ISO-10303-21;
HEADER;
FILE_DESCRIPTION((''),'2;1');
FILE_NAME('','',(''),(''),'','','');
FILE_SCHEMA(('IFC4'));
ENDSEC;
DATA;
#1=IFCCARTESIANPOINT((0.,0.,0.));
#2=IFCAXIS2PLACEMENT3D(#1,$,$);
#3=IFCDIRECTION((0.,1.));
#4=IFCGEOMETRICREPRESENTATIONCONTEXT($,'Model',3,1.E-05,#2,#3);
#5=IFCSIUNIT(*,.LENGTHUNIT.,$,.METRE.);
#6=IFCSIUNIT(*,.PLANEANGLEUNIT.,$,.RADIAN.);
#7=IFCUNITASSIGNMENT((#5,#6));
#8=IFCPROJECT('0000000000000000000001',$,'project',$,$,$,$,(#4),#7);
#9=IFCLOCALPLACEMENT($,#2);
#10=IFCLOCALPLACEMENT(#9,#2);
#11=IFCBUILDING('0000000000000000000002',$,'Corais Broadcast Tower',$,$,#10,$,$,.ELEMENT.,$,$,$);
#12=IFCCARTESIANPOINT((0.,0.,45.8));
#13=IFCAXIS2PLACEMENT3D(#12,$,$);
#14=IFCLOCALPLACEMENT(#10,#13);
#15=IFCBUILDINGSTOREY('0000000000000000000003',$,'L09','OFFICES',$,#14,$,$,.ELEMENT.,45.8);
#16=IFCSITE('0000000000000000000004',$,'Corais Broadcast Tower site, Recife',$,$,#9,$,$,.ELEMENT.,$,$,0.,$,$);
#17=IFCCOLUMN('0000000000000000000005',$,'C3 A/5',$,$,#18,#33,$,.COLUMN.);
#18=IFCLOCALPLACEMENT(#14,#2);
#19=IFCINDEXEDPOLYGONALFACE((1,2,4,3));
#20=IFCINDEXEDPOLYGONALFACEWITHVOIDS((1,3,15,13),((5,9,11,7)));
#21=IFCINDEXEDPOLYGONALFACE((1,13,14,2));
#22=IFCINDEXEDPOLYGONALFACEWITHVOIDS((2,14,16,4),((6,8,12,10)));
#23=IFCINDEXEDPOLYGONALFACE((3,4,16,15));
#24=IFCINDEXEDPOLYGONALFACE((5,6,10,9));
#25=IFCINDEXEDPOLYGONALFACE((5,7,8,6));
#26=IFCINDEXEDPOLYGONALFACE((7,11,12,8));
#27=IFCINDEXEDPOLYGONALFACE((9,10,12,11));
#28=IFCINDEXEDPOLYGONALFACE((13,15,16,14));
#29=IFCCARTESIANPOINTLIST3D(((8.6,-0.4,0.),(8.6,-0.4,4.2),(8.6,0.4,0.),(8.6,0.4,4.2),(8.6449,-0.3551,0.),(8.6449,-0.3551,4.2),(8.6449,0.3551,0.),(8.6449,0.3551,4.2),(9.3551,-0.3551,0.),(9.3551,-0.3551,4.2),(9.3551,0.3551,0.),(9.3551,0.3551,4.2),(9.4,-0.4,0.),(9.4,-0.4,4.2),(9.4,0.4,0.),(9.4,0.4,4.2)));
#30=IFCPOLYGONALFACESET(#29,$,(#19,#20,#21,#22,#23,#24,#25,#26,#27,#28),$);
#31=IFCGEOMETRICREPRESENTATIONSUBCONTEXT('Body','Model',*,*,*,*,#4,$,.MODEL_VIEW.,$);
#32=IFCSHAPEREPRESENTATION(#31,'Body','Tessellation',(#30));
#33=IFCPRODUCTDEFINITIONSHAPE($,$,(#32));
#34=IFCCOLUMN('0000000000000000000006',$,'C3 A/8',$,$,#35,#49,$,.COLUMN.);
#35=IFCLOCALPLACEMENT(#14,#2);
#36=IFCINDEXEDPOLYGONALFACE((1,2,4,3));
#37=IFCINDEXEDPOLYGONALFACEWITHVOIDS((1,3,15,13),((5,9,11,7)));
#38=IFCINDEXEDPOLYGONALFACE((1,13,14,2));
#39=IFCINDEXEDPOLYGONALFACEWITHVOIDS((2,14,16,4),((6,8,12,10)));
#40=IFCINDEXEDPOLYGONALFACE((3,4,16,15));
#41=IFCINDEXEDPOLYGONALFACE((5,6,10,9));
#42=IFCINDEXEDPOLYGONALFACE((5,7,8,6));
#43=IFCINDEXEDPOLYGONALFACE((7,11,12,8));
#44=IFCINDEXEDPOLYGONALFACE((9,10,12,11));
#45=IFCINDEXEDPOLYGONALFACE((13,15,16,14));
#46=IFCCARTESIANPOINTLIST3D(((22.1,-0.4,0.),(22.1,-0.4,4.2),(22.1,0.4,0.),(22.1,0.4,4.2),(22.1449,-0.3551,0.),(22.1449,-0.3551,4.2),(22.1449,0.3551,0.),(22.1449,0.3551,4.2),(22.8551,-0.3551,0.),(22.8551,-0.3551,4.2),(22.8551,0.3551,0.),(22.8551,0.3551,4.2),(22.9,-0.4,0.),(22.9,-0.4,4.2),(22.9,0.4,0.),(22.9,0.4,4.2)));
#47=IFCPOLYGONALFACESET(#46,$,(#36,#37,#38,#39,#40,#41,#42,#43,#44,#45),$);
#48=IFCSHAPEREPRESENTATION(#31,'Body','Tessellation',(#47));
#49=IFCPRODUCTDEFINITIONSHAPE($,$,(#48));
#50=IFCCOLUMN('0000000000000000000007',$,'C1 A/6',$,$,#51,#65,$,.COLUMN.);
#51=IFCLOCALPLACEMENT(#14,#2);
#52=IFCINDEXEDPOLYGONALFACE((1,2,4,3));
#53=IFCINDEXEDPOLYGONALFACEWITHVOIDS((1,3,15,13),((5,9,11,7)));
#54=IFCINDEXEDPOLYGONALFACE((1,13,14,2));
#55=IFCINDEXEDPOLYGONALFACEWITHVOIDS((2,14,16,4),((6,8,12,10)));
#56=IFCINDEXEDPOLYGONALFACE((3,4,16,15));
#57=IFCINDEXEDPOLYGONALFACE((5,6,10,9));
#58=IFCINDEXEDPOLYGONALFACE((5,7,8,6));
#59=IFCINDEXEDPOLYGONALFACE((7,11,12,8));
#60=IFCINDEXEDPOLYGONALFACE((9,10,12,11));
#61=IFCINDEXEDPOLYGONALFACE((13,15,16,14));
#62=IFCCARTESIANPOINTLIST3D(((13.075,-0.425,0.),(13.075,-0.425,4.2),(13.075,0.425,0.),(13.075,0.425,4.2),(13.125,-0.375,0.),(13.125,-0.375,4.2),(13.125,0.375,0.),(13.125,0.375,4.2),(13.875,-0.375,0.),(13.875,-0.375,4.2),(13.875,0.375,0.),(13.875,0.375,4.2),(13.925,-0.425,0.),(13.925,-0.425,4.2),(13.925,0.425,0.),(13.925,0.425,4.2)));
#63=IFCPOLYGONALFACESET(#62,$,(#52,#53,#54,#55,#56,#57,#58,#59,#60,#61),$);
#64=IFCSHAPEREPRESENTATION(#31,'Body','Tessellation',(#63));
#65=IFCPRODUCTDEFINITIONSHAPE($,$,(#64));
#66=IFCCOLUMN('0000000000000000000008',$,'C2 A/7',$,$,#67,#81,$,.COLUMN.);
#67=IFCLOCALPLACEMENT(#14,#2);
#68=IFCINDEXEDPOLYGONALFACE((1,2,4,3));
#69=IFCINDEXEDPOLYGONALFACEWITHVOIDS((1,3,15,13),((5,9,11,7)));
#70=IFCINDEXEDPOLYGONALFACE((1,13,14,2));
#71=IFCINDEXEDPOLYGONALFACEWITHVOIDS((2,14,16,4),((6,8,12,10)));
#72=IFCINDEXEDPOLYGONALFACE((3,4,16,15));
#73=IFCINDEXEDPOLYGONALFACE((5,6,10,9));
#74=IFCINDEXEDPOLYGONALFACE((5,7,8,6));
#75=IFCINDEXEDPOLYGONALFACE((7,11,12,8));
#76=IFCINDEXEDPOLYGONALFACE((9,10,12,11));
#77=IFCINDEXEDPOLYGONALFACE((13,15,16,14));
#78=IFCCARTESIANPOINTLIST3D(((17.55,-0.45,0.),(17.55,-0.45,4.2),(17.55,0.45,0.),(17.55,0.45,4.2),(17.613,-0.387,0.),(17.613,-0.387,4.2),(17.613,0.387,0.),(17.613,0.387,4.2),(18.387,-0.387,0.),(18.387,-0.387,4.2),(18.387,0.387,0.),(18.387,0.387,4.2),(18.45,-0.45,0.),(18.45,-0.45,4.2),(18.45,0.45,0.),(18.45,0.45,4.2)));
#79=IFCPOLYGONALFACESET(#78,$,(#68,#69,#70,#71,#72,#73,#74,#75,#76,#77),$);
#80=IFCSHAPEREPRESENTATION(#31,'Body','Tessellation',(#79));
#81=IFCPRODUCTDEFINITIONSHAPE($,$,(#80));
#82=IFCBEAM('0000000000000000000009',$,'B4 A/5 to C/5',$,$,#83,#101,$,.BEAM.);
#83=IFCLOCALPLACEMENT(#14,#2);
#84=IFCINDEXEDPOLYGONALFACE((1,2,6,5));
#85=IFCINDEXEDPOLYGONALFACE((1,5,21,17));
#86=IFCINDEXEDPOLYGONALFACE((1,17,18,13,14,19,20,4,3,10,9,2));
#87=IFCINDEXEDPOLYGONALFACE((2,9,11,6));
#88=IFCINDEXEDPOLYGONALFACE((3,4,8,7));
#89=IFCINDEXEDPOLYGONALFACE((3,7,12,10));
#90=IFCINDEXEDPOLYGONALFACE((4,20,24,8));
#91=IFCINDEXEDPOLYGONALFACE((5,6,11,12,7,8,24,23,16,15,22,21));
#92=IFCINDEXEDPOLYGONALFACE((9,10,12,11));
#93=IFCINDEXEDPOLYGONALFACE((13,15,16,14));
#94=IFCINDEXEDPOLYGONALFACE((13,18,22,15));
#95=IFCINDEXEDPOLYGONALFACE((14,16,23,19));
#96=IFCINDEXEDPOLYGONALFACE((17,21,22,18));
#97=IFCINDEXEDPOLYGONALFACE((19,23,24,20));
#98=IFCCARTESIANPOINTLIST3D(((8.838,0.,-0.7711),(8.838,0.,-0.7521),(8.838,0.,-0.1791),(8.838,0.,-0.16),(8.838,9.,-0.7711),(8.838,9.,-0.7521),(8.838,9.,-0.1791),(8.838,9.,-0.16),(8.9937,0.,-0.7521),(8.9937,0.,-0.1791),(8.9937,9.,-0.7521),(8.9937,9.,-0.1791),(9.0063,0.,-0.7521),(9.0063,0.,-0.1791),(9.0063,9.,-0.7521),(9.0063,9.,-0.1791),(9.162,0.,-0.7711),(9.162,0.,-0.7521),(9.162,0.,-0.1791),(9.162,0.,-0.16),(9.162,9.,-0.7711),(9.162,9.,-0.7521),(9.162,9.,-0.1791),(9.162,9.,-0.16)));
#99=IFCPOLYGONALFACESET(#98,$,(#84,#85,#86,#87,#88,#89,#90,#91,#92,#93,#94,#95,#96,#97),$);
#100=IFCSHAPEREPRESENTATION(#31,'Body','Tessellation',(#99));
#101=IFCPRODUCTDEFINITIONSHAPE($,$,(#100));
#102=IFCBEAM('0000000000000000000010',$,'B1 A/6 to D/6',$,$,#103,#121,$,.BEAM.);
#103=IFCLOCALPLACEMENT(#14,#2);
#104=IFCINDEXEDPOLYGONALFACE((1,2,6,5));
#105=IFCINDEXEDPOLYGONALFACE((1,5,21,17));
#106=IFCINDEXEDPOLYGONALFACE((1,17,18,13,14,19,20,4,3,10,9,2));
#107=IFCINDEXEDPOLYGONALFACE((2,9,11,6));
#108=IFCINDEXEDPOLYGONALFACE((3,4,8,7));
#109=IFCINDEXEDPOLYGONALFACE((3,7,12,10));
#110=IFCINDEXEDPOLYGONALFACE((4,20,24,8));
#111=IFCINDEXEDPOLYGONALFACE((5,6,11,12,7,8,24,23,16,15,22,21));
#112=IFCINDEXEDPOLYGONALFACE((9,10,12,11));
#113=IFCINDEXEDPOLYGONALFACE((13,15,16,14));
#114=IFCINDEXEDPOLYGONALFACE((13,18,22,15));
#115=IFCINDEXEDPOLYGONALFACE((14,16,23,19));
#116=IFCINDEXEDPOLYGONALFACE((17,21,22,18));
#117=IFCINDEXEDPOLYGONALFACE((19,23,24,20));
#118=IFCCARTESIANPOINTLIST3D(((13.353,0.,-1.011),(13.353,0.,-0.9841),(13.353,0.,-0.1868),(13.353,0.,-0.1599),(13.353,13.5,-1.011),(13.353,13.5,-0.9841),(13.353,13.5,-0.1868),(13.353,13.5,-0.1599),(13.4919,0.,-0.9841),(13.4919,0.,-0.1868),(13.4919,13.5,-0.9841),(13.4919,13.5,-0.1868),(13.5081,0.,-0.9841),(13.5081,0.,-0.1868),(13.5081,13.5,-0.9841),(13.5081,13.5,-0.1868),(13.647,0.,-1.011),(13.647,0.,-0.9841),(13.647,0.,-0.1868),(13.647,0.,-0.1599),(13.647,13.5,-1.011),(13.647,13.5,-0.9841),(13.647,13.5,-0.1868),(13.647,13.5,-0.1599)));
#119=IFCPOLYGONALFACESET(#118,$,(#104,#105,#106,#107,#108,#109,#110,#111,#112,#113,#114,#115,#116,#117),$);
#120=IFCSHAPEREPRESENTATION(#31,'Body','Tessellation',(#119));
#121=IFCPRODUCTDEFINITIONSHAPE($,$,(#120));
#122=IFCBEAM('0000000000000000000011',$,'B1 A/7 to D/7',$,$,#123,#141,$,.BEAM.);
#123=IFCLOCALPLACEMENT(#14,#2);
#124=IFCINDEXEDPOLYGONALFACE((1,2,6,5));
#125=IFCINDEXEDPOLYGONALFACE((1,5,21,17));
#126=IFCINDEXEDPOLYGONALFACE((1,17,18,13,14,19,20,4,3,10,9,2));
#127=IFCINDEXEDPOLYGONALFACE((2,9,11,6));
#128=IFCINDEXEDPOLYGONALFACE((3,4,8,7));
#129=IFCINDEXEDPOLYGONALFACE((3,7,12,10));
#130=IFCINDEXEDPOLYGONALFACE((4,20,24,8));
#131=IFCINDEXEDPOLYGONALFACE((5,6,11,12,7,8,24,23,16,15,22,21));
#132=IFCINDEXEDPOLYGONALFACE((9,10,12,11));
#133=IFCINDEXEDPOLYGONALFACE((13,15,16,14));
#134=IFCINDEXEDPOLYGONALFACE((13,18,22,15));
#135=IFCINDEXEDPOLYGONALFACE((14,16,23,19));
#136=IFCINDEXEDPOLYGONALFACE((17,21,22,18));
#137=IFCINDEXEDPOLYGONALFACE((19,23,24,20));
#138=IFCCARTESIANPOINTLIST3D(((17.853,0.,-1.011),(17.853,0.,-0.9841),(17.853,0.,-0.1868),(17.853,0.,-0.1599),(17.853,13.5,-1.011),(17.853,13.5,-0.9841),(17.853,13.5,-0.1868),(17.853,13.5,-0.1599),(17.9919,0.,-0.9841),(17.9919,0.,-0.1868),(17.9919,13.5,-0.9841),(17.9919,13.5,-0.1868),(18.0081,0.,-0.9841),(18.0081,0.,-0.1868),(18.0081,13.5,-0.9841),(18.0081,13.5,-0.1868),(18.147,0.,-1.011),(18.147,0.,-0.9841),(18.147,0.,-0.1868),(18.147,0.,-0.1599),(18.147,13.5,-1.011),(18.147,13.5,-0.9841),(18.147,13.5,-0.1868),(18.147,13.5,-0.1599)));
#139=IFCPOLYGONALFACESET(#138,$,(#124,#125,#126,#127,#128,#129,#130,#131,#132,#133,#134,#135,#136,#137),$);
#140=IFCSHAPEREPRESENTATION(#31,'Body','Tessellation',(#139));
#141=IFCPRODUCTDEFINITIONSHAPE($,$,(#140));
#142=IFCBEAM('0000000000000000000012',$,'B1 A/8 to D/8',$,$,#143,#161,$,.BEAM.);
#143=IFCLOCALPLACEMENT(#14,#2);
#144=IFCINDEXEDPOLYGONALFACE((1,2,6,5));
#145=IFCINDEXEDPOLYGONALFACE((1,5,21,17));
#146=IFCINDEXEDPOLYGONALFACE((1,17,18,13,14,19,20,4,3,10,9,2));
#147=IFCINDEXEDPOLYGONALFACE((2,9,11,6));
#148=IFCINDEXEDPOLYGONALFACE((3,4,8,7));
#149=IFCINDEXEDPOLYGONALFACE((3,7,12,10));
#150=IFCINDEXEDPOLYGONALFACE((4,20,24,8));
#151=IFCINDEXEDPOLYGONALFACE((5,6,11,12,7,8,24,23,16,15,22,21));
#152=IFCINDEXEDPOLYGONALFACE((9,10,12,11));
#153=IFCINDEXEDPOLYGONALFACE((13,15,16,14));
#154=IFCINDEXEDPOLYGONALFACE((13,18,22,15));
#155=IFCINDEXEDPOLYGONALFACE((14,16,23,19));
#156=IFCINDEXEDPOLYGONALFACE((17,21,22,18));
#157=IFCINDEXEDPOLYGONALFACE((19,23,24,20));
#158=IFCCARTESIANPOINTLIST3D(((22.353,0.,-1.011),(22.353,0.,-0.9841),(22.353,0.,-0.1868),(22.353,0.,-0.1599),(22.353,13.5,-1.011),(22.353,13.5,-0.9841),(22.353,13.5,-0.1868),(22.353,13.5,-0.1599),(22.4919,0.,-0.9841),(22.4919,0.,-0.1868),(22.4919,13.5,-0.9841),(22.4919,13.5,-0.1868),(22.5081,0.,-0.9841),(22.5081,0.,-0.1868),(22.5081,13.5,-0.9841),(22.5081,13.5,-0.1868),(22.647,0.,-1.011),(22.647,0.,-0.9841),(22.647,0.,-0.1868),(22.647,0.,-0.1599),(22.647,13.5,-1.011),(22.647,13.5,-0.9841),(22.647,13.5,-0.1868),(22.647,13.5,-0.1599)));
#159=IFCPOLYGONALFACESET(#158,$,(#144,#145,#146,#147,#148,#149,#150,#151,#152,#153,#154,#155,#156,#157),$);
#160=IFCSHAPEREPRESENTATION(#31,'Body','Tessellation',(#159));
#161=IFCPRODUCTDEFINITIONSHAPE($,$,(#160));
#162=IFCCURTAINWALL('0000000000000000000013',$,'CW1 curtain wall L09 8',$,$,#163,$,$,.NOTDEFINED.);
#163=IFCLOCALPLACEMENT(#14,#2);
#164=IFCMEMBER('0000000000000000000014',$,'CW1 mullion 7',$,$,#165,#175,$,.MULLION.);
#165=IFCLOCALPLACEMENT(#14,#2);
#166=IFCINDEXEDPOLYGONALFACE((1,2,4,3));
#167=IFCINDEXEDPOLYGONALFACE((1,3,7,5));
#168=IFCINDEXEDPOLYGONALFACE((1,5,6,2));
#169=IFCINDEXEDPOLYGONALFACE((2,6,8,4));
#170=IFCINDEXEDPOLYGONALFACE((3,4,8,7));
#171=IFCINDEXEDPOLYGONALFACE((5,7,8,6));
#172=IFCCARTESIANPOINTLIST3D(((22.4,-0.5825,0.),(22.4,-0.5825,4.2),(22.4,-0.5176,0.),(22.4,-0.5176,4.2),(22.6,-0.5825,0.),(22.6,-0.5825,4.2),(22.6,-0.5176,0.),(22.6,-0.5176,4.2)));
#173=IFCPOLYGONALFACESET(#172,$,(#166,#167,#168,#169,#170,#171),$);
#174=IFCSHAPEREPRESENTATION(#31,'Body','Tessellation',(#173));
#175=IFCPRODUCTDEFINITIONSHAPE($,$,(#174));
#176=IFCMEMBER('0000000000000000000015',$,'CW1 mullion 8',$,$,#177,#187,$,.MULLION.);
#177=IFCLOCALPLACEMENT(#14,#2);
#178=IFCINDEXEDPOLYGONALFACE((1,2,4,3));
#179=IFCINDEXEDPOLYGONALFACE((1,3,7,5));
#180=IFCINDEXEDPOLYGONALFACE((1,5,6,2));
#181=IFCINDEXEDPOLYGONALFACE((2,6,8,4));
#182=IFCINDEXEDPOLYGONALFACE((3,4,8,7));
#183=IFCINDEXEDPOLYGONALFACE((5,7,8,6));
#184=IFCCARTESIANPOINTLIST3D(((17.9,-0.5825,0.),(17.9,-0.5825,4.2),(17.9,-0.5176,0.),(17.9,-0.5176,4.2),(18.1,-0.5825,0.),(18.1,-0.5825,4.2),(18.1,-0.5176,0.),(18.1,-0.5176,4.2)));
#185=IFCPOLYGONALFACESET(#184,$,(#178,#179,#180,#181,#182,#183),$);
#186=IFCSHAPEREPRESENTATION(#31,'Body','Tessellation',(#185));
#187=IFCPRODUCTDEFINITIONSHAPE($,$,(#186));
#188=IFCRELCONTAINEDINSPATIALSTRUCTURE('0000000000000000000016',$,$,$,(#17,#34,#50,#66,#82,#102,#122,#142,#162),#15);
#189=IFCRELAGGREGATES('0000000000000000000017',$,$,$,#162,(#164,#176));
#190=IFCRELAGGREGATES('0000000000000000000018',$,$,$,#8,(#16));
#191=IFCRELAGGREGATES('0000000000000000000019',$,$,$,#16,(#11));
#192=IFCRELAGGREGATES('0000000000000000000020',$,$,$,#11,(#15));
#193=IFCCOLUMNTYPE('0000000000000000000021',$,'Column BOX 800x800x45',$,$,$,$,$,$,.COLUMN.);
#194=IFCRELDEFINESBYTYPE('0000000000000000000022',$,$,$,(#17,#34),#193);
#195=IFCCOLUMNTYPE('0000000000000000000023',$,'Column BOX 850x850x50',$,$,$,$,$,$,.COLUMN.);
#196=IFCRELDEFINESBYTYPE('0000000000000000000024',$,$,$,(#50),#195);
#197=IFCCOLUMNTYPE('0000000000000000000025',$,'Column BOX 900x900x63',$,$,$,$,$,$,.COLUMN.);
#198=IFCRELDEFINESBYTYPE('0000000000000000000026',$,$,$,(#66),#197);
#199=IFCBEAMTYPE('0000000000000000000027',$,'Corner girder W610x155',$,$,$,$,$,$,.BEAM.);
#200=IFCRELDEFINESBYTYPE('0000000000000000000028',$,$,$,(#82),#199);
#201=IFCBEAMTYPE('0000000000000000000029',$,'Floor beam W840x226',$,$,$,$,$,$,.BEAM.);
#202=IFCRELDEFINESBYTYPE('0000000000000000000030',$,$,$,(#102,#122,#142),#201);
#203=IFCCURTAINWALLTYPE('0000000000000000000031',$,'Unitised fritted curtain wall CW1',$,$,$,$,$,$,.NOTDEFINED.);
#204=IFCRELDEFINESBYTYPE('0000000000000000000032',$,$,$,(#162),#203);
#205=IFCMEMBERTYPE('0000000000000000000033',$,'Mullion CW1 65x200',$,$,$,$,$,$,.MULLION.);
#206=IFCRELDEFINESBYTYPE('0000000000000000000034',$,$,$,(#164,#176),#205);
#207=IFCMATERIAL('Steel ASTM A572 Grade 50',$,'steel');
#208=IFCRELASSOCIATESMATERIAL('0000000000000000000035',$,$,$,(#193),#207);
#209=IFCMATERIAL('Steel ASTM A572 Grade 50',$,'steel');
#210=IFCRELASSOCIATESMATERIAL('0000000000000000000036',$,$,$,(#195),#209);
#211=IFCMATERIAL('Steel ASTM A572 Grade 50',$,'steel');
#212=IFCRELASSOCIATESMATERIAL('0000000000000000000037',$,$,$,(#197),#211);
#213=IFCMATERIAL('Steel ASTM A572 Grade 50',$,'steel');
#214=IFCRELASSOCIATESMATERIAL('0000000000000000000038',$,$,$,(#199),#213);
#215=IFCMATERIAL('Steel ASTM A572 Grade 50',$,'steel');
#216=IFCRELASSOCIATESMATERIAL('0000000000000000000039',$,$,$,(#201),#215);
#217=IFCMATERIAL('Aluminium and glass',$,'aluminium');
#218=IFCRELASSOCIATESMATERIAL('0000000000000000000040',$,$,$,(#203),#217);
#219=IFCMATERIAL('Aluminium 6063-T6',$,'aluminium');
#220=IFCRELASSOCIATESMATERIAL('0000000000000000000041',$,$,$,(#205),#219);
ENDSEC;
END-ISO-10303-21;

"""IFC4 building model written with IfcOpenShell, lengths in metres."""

from ifc_helpers import new_model, si_unit, direction, frame, origin, origin_2d, place, context, subcontext, project, spatial, rectangle, hollow_rectangle, i_section, extrude, material, material_profile, profile_set, type_object, element, aggregate, save


model = new_model("IFC4")

# Units and contexts
model_context = context("Model", 3, precision=1e-05, world=origin(), true_north=direction((0.0, 1.0)))
body_context = subcontext(model_context, "Body", "Model", "MODEL_VIEW")
ifc_project = project(units=[si_unit("LENGTHUNIT", "METRE"), si_unit("PLANEANGLEUNIT", "RADIAN")], contexts=[model_context])

# Site, building, storey
site_placement = place(None, origin())
site = spatial("IfcSite", under=ifc_project, at=site_placement, Name="Corais Broadcast Tower site, Recife", CompositionType="ELEMENT", RefElevation=0.0)
building_placement = place(site_placement, origin())
building = spatial("IfcBuilding", under=site, at=building_placement, Name="Corais Broadcast Tower", CompositionType="ELEMENT")
storey_placement = place(building_placement, frame((0.0, 0.0, 45.8)))
storey = spatial("IfcBuildingStorey", under=building, at=storey_placement, Name="L09", Description="OFFICES", CompositionType="ELEMENT", Elevation=45.8)

# Columns
ifc_material_1 = material(Name="Steel ASTM A572 Grade 50", Category="steel")
ifc_material_profile_1 = material_profile(ifc_material_1, hollow_rectangle(XDim=0.8, YDim=0.8, WallThickness=0.0449, at=origin_2d()), Name="BOX 800x800x45")
ifc_profile_set_1 = profile_set([ifc_material_profile_1], Name="Steel ASTM A572 Grade 50")
column_type_1 = type_object("IfcColumnType", Name="Column BOX 800x800x45", PredefinedType="COLUMN", material=ifc_profile_set_1)
for number, where, z_axis, x_axis, name in (
    (1, (9.0, 0.0, 0.0), (0.0, 0.0, 1.0), (1.0, 0.0, 0.0), "C3 A/5"),
    (2, (22.5, 0.0, 0.0), (0.0, 0.0, 1.0), (1.0, 0.0, 0.0), "C3 A/8"),
):
    element("IfcColumn", number, at=place(storey_placement, frame(where, z_axis=z_axis, x_axis=x_axis)), inside=storey, type_object=column_type_1, Name=name, PredefinedType="COLUMN", context=body_context, shape_type="SweptSolid", body=[
        extrude(hollow_rectangle(XDim=0.8, YDim=0.8, WallThickness=0.0449, at=origin_2d()), origin(), (0.0, 0.0, 1.0), 4.2),
    ])
ifc_material_2 = material(Name="Steel ASTM A572 Grade 50", Category="steel")
ifc_material_profile_2 = material_profile(ifc_material_2, hollow_rectangle(XDim=0.8501, YDim=0.8501, WallThickness=0.05, at=origin_2d()), Name="BOX 850x850x50")
ifc_profile_set_2 = profile_set([ifc_material_profile_2], Name="Steel ASTM A572 Grade 50")
column_type_2 = type_object("IfcColumnType", Name="Column BOX 850x850x50", PredefinedType="COLUMN", material=ifc_profile_set_2)
column_1_placement = place(storey_placement, frame((13.5, 0.0, 0.0), z_axis=(0.0, 0.0, 1.0), x_axis=(1.0, 0.0, 0.0)))
element("IfcColumn", 3, at=column_1_placement, inside=storey, type_object=column_type_2, Name="C1 A/6", PredefinedType="COLUMN", context=body_context, shape_type="SweptSolid", body=[
    extrude(hollow_rectangle(XDim=0.8501, YDim=0.8501, WallThickness=0.05, at=origin_2d()), origin(), (0.0, 0.0, 1.0), 4.2),
])
ifc_material_3 = material(Name="Steel ASTM A572 Grade 50", Category="steel")
ifc_material_profile_3 = material_profile(ifc_material_3, hollow_rectangle(XDim=0.8999, YDim=0.8999, WallThickness=0.063, at=origin_2d()), Name="BOX 900x900x63")
ifc_profile_set_3 = profile_set([ifc_material_profile_3], Name="Steel ASTM A572 Grade 50")
column_type_3 = type_object("IfcColumnType", Name="Column BOX 900x900x63", PredefinedType="COLUMN", material=ifc_profile_set_3)
column_2_placement = place(storey_placement, frame((18.0, 0.0, 0.0), z_axis=(0.0, 0.0, 1.0), x_axis=(1.0, 0.0, 0.0)))
element("IfcColumn", 4, at=column_2_placement, inside=storey, type_object=column_type_3, Name="C2 A/7", PredefinedType="COLUMN", context=body_context, shape_type="SweptSolid", body=[
    extrude(hollow_rectangle(XDim=0.8999, YDim=0.8999, WallThickness=0.063, at=origin_2d()), origin(), (0.0, 0.0, 1.0), 4.2),
])

# Beams
ifc_material_4 = material(Name="Steel ASTM A572 Grade 50", Category="steel")
ifc_material_profile_4 = material_profile(ifc_material_4, i_section(OverallWidth=0.324, OverallDepth=0.6111, WebThickness=0.0127, FlangeThickness=0.019, at=origin_2d()), Name="W610x155")
ifc_profile_set_4 = profile_set([ifc_material_profile_4], Name="Steel ASTM A572 Grade 50")
beam_type_1 = type_object("IfcBeamType", Name="Corner girder W610x155", PredefinedType="BEAM", material=ifc_profile_set_4)
beam_1_placement = place(storey_placement, frame((9.0, 0.0, -0.4656), z_axis=(0.0, 1.0, 0.0), x_axis=(-1.0, 0.0, 0.0)))
element("IfcBeam", 5, at=beam_1_placement, inside=storey, type_object=beam_type_1, Name="B4 A/5 to C/5", PredefinedType="BEAM", context=body_context, shape_type="SweptSolid", body=[
    extrude(i_section(OverallWidth=0.324, OverallDepth=0.6111, WebThickness=0.0127, FlangeThickness=0.019, at=origin_2d()), origin(), (0.0, 0.0, 1.0), 9.0),
])
ifc_material_5 = material(Name="Steel ASTM A572 Grade 50", Category="steel")
ifc_material_profile_5 = material_profile(ifc_material_5, i_section(OverallWidth=0.2939, OverallDepth=0.8511, WebThickness=0.0161, FlangeThickness=0.0269, at=origin_2d()), Name="W840x226")
ifc_profile_set_5 = profile_set([ifc_material_profile_5], Name="Steel ASTM A572 Grade 50")
beam_type_2 = type_object("IfcBeamType", Name="Floor beam W840x226", PredefinedType="BEAM", material=ifc_profile_set_5)
for number, where, z_axis, x_axis, name in (
    (6, (13.5, 0.0, -0.5854), (0.0, 1.0, 0.0), (-1.0, 0.0, 0.0), "B1 A/6 to D/6"),
    (7, (18.0, 0.0, -0.5854), (0.0, 1.0, 0.0), (-1.0, 0.0, 0.0), "B1 A/7 to D/7"),
    (8, (22.5, 0.0, -0.5854), (0.0, 1.0, 0.0), (-1.0, 0.0, 0.0), "B1 A/8 to D/8"),
):
    element("IfcBeam", number, at=place(storey_placement, frame(where, z_axis=z_axis, x_axis=x_axis)), inside=storey, type_object=beam_type_2, Name=name, PredefinedType="BEAM", context=body_context, shape_type="SweptSolid", body=[
        extrude(i_section(OverallWidth=0.2939, OverallDepth=0.8511, WebThickness=0.0161, FlangeThickness=0.0269, at=origin_2d()), origin(), (0.0, 0.0, 1.0), 13.5),
    ])

# Curtain wall, members
ifc_material_6 = material(Name="Aluminium and glass", Category="aluminium")
curtain_wall_type = type_object("IfcCurtainWallType", Name="Unitised fritted curtain wall CW1", PredefinedType="NOTDEFINED", material=ifc_material_6)
curtain_wall_placement = place(storey_placement, origin())
curtain_wall = element("IfcCurtainWall", 9, at=curtain_wall_placement, inside=storey, type_object=curtain_wall_type, Name="CW1 curtain wall L09 8", PredefinedType="NOTDEFINED")
ifc_material_7 = material(Name="Aluminium 6063-T6", Category="aluminium")
ifc_material_profile_6 = material_profile(ifc_material_7, rectangle(XDim=0.0649, YDim=0.2, at=origin_2d()), Name="Mullion CW1 65x200")
ifc_profile_set_6 = profile_set([ifc_material_profile_6], Name="Aluminium 6063-T6")
member_type_1 = type_object("IfcMemberType", Name="Mullion CW1 65x200", PredefinedType="MULLION", material=ifc_profile_set_6)
member_1_placement = place(storey_placement, frame((22.5, -0.55, 0.0), z_axis=(0.0, 0.0, 1.0), x_axis=(0.0, -1.0, 0.0)))
member_1 = element("IfcMember", 10, at=member_1_placement, type_object=member_type_1, Name="CW1 mullion 7", PredefinedType="MULLION", context=body_context, shape_type="SweptSolid", body=[
    extrude(rectangle(XDim=0.0649, YDim=0.2, at=origin_2d()), origin(), (0.0, 0.0, 1.0), 4.2),
])
member_2_placement = place(storey_placement, frame((18.0, -0.55, 0.0), z_axis=(0.0, 0.0, 1.0), x_axis=(0.0, -1.0, 0.0)))
member_2 = element("IfcMember", 11, at=member_2_placement, type_object=member_type_1, Name="CW1 mullion 8", PredefinedType="MULLION", context=body_context, shape_type="SweptSolid", body=[
    extrude(rectangle(XDim=0.0649, YDim=0.2, at=origin_2d()), origin(), (0.0, 0.0, 1.0), 4.2),
])

aggregate(curtain_wall, [member_1, member_2])

save(model, "model.ifc")
